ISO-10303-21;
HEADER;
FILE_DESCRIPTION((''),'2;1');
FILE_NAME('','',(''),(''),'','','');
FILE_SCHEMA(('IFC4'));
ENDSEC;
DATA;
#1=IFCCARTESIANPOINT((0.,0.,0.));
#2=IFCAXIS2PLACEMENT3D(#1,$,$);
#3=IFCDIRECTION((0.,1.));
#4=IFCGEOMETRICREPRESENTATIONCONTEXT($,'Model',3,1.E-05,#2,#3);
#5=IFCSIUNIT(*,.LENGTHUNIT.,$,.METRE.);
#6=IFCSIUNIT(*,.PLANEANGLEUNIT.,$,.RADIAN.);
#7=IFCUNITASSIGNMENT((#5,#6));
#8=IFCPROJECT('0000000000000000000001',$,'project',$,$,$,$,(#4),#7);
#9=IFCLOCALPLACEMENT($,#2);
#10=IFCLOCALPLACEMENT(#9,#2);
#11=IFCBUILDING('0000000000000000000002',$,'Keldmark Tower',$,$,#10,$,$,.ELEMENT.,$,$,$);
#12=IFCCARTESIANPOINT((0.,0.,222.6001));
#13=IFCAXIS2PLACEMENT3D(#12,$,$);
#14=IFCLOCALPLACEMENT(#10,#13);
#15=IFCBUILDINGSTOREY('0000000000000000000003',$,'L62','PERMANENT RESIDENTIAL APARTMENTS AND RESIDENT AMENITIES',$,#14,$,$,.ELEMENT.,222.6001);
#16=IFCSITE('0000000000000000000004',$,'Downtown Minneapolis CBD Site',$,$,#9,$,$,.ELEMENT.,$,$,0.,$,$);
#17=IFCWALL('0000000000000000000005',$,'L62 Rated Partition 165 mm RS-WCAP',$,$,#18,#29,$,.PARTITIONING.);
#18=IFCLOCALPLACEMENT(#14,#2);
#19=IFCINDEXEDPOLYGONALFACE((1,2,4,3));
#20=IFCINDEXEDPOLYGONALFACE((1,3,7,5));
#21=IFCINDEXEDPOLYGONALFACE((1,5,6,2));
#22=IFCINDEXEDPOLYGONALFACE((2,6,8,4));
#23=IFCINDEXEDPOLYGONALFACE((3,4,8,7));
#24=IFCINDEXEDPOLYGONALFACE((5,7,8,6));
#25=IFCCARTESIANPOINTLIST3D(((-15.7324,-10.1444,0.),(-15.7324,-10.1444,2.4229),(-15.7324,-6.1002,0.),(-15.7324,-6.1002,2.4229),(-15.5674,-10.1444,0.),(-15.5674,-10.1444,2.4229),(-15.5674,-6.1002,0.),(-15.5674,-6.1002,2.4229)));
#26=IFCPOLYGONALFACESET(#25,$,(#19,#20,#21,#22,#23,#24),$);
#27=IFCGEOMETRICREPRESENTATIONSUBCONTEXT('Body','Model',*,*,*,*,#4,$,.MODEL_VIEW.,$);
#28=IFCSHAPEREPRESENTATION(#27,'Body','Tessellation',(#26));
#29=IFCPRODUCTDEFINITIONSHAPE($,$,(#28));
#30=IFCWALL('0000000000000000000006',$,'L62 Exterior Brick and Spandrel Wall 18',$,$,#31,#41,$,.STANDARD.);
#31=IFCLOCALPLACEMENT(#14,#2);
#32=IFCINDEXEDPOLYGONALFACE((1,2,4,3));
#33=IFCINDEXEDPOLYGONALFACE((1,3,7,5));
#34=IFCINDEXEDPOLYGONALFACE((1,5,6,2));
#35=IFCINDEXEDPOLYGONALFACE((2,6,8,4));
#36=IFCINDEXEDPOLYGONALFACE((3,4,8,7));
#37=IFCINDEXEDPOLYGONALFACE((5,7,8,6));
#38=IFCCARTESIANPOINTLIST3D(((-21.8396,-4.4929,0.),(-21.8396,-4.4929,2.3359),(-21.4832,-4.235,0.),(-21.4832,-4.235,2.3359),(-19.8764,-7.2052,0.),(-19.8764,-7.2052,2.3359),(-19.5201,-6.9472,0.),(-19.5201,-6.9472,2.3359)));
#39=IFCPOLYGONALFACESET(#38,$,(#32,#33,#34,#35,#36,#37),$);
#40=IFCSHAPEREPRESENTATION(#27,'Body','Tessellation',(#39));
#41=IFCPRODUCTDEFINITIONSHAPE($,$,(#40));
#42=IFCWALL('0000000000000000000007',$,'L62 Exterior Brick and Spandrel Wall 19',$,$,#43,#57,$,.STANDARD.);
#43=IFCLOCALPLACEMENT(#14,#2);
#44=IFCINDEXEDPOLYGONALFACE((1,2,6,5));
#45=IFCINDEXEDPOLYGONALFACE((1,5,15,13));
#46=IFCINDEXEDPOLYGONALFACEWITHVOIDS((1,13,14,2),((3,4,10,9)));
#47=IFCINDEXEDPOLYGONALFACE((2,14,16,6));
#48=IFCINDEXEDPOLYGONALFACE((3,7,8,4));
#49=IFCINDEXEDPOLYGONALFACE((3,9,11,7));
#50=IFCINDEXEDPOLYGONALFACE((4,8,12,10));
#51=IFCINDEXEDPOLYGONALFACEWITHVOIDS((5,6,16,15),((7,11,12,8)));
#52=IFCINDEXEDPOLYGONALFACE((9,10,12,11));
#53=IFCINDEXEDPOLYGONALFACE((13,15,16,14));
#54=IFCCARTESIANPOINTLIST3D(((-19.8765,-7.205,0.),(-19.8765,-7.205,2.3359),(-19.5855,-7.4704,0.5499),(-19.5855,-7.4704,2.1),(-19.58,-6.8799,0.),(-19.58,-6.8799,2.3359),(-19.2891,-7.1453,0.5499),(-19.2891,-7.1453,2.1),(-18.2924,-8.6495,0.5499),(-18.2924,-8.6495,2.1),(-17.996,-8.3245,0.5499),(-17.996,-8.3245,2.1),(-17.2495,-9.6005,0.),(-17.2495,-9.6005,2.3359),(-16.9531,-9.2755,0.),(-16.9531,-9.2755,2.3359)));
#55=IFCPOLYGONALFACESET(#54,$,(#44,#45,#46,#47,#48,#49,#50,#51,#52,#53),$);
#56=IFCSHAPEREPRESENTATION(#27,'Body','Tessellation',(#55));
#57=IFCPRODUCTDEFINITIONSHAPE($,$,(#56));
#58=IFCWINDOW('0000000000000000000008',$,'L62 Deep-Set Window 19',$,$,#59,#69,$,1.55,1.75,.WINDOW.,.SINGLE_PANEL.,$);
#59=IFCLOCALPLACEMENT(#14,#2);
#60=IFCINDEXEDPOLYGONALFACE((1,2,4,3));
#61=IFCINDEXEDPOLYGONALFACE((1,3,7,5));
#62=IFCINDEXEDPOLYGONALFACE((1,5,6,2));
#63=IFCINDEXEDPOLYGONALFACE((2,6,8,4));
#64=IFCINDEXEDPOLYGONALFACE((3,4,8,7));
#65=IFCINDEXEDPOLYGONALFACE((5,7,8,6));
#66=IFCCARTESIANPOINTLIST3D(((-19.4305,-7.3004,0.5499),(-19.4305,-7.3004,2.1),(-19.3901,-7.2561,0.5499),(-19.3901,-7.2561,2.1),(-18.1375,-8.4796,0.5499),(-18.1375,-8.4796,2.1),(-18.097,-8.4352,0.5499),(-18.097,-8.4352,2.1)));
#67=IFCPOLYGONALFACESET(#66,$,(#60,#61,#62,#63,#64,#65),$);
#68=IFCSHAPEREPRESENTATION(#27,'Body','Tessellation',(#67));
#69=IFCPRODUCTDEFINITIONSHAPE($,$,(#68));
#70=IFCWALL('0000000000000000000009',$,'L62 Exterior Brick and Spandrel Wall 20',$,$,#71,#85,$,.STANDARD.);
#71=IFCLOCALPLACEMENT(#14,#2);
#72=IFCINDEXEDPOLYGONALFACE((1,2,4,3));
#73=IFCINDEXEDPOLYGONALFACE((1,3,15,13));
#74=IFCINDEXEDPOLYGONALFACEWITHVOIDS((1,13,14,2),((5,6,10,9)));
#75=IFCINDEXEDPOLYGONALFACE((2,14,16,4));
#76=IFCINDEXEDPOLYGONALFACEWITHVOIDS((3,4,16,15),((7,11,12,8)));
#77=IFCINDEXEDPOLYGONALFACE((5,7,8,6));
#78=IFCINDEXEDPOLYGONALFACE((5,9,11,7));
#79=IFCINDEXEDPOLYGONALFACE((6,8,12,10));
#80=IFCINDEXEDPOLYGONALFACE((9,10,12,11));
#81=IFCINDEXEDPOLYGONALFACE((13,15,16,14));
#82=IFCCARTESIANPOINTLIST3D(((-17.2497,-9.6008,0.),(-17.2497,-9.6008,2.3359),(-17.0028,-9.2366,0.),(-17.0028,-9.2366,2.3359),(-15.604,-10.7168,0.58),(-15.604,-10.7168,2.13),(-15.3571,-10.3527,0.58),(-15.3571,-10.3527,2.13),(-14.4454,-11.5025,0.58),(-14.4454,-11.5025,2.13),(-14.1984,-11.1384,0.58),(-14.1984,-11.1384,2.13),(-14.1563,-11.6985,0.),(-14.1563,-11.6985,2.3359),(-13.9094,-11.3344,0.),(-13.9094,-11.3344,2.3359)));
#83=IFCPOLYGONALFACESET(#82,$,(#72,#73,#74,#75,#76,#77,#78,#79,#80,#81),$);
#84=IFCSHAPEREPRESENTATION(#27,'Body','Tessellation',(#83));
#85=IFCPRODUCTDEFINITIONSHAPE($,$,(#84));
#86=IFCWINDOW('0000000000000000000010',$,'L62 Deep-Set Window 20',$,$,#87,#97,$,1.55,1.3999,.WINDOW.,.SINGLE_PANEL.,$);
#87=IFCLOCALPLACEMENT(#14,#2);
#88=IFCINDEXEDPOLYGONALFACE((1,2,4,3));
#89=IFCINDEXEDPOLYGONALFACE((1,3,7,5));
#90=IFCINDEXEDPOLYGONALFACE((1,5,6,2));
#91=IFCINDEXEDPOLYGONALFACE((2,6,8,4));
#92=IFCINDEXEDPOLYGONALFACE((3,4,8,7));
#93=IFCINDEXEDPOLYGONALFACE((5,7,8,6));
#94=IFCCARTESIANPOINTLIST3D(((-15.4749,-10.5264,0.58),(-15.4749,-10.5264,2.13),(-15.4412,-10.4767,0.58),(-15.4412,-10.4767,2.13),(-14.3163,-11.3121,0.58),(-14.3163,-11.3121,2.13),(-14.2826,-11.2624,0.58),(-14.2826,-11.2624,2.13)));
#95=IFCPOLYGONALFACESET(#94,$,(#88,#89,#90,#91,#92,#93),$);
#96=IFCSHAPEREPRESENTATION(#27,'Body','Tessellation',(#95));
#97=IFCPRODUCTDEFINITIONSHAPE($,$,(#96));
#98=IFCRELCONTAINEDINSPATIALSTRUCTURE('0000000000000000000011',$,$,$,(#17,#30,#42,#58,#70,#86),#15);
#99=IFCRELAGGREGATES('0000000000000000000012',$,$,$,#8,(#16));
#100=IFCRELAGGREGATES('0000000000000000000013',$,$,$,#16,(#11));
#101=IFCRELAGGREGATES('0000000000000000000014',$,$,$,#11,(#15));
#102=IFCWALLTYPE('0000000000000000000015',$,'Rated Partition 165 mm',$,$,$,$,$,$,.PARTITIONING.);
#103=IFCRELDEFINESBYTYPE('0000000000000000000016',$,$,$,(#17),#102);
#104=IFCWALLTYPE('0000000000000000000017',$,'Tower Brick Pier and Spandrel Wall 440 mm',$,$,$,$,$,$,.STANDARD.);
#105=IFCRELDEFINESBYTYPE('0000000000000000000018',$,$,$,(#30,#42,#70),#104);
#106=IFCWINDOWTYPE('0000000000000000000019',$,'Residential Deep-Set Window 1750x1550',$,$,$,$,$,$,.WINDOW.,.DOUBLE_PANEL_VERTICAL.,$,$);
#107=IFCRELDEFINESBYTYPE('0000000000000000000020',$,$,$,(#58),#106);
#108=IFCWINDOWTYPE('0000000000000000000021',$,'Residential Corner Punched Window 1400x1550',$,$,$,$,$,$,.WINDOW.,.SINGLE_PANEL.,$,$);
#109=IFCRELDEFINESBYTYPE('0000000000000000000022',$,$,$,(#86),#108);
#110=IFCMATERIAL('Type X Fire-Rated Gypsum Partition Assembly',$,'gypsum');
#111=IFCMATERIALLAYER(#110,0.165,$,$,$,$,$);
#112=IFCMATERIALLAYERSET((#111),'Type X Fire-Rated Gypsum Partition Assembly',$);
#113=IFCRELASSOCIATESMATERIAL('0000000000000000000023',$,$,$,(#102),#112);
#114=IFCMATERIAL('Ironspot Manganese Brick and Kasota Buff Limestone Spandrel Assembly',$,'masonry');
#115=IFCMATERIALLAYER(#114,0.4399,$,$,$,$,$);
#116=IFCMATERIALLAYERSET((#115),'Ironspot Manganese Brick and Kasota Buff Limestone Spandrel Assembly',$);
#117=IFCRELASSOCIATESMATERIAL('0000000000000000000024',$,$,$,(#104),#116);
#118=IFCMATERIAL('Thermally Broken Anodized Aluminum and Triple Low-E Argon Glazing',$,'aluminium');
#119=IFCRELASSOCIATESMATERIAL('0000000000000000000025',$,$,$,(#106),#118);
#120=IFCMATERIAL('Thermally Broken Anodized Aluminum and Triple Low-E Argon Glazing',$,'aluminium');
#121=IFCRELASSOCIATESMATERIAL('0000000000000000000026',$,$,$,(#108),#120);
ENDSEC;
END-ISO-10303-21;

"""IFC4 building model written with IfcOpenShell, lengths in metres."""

from ifc_helpers import new_model, si_unit, direction, frame, frame_2d, origin, place, context, subcontext, project, spatial, rectangle, extrude, material, layer, layer_set, type_object, element, fill, save


model = new_model("IFC4")

# Units and contexts
model_context = context("Model", 3, precision=1e-05, world=origin(), true_north=direction((0.0, 1.0)))
body_context = subcontext(model_context, "Body", "Model", "MODEL_VIEW")
ifc_project = project(units=[si_unit("LENGTHUNIT", "METRE"), si_unit("PLANEANGLEUNIT", "RADIAN")], contexts=[model_context])

# Site, building, storey
site_placement = place(None, origin())
site = spatial("IfcSite", under=ifc_project, at=site_placement, Name="Downtown Minneapolis CBD Site", CompositionType="ELEMENT", RefElevation=0.0)
building_placement = place(site_placement, origin())
building = spatial("IfcBuilding", under=site, at=building_placement, Name="Keldmark Tower", CompositionType="ELEMENT")
storey_placement = place(building_placement, frame((0.0, 0.0, 222.6001)))
storey = spatial("IfcBuildingStorey", under=building, at=storey_placement, Name="L62", Description="PERMANENT RESIDENTIAL APARTMENTS AND RESIDENT AMENITIES", CompositionType="ELEMENT", Elevation=222.6001)

# Walls
ifc_material_1 = material(Name="Type X Fire-Rated Gypsum Partition Assembly", Category="gypsum")
ifc_layer_1 = layer(ifc_material_1, 0.165)
ifc_layer_set_1 = layer_set([ifc_layer_1], Name="Type X Fire-Rated Gypsum Partition Assembly")
wall_type_1 = type_object("IfcWallType", Name="Rated Partition 165 mm", PredefinedType="PARTITIONING", material=ifc_layer_set_1)
wall_1_placement = place(storey_placement, frame((-15.6499, -10.1443, 0.0), z_axis=(0.0, 0.0, 1.0), x_axis=(0.0, 1.0, 0.0)))
element("IfcWall", 1, at=wall_1_placement, inside=storey, type_object=wall_type_1, Name="L62 Rated Partition 165 mm RS-WCAP", PredefinedType="PARTITIONING", context=body_context, shape_type="SweptSolid", body=[
    extrude(rectangle(XDim=4.0442, YDim=0.165, at=frame_2d((2.022, 0.0))), origin(), (0.0, 0.0, 1.0), 2.4229),
])
ifc_material_2 = material(Name="Ironspot Manganese Brick and Kasota Buff Limestone Spandrel Assembly", Category="masonry")
ifc_layer_2 = layer(ifc_material_2, 0.4399)
ifc_layer_set_2 = layer_set([ifc_layer_2], Name="Ironspot Manganese Brick and Kasota Buff Limestone Spandrel Assembly")
wall_type_2 = type_object("IfcWallType", Name="Tower Brick Pier and Spandrel Wall 440 mm", PredefinedType="STANDARD", material=ifc_layer_set_2)
wall_2_placement = place(storey_placement, frame((-19.6982, -7.0762, 0.0), z_axis=(0.0, 0.0, 1.0), x_axis=(-0.586345, 0.810062, 0.0)))
element("IfcWall", 2, at=wall_2_placement, inside=storey, type_object=wall_type_2, Name="L62 Exterior Brick and Spandrel Wall 18", PredefinedType="STANDARD", context=body_context, shape_type="SweptSolid", body=[
    extrude(rectangle(XDim=3.3481, YDim=0.4399, at=frame_2d((1.6741, 0.0))), origin(), (0.0, 0.0, 1.0), 2.3359),
])

# Walls, openings, windows
wall_3_placement = place(storey_placement, frame((-17.1013, -9.438, 0.0), z_axis=(0.0, 0.0, 1.0), x_axis=(-0.738908, 0.673807, 0.0)))
wall_3 = element("IfcWall", 3, at=wall_3_placement, inside=storey, type_object=wall_type_2, Name="L62 Exterior Brick and Spandrel Wall 19", PredefinedType="STANDARD", context=body_context, shape_type="SweptSolid", body=[
    extrude(rectangle(XDim=3.5552, YDim=0.4399, at=frame_2d((1.7776, 0.0))), origin(), (0.0, 0.0, 1.0), 2.3359),
])
opening_1_placement = place(wall_3_placement, frame((1.4114, 0.0, 0.55)))
opening_1 = element("IfcOpeningElement", 4, at=opening_1_placement, cuts=wall_3, PredefinedType="OPENING", context=body_context, shape_type="SweptSolid", body=[
    extrude(rectangle(XDim=1.75, YDim=1.55, at=frame_2d((0.875, 0.7749))), frame((0.0, 0.23, 0.0), z_axis=(0.0, -1.0, 0.0), x_axis=(1.0, 0.0, 0.0)), (0.0, 0.0, 1.0), 0.46),
])
ifc_material_3 = material(Name="Thermally Broken Anodized Aluminum and Triple Low-E Argon Glazing", Category="aluminium")
window_type_1 = type_object("IfcWindowType", Name="Residential Deep-Set Window 1750x1550", PartitioningType="DOUBLE_PANEL_VERTICAL", PredefinedType="WINDOW", material=ifc_material_3)
window_1_placement = place(opening_1_placement, origin())
window_1 = element("IfcWindow", 5, at=window_1_placement, inside=storey, type_object=window_type_1, Name="L62 Deep-Set Window 19", OverallHeight=1.55, OverallWidth=1.75, PartitioningType="SINGLE_PANEL", PredefinedType="WINDOW", context=body_context, shape_type="SweptSolid", body=[
    extrude(rectangle(XDim=1.75, YDim=1.55, at=frame_2d((0.875, 0.7749))), frame((0.0, -0.01, 0.0), z_axis=(0.0, -1.0, 0.0), x_axis=(1.0, 0.0, 0.0)), (0.0, 0.0, 1.0), 0.0601),
])
fill(opening_1, window_1)
wall_4_placement = place(storey_placement, frame((-14.033, -11.5164, 0.0), z_axis=(0.0, 0.0, 1.0), x_axis=(-0.827643, 0.561255, 0.0)))
wall_4 = element("IfcWall", 6, at=wall_4_placement, inside=storey, type_object=wall_type_2, Name="L62 Exterior Brick and Spandrel Wall 20", PredefinedType="STANDARD", context=body_context, shape_type="SweptSolid", body=[
    extrude(rectangle(XDim=3.7375, YDim=0.4399, at=frame_2d((1.8687, 0.0))), origin(), (0.0, 0.0, 1.0), 2.3359),
])
opening_2_placement = place(wall_4_placement, frame((0.3491, 0.0, 0.5801)))
opening_2 = element("IfcOpeningElement", 7, at=opening_2_placement, cuts=wall_4, PredefinedType="OPENING", context=body_context, shape_type="SweptSolid", body=[
    extrude(rectangle(XDim=1.3999, YDim=1.55, at=frame_2d((0.7, 0.7749))), frame((0.0, 0.23, 0.0), z_axis=(0.0, -1.0, 0.0), x_axis=(1.0, 0.0, 0.0)), (0.0, 0.0, 1.0), 0.46),
])
ifc_material_4 = material(Name="Thermally Broken Anodized Aluminum and Triple Low-E Argon Glazing", Category="aluminium")
window_type_2 = type_object("IfcWindowType", Name="Residential Corner Punched Window 1400x1550", PartitioningType="SINGLE_PANEL", PredefinedType="WINDOW", material=ifc_material_4)
window_2_placement = place(opening_2_placement, origin())
window_2 = element("IfcWindow", 8, at=window_2_placement, inside=storey, type_object=window_type_2, Name="L62 Deep-Set Window 20", OverallHeight=1.55, OverallWidth=1.3999, PartitioningType="SINGLE_PANEL", PredefinedType="WINDOW", context=body_context, shape_type="SweptSolid", body=[
    extrude(rectangle(XDim=1.3999, YDim=1.55, at=frame_2d((0.7, 0.7749))), frame((0.0, -0.01, 0.0), z_axis=(0.0, -1.0, 0.0), x_axis=(1.0, 0.0, 0.0)), (0.0, 0.0, 1.0), 0.0601),
])
fill(opening_2, window_2)

save(model, "model.ifc")
